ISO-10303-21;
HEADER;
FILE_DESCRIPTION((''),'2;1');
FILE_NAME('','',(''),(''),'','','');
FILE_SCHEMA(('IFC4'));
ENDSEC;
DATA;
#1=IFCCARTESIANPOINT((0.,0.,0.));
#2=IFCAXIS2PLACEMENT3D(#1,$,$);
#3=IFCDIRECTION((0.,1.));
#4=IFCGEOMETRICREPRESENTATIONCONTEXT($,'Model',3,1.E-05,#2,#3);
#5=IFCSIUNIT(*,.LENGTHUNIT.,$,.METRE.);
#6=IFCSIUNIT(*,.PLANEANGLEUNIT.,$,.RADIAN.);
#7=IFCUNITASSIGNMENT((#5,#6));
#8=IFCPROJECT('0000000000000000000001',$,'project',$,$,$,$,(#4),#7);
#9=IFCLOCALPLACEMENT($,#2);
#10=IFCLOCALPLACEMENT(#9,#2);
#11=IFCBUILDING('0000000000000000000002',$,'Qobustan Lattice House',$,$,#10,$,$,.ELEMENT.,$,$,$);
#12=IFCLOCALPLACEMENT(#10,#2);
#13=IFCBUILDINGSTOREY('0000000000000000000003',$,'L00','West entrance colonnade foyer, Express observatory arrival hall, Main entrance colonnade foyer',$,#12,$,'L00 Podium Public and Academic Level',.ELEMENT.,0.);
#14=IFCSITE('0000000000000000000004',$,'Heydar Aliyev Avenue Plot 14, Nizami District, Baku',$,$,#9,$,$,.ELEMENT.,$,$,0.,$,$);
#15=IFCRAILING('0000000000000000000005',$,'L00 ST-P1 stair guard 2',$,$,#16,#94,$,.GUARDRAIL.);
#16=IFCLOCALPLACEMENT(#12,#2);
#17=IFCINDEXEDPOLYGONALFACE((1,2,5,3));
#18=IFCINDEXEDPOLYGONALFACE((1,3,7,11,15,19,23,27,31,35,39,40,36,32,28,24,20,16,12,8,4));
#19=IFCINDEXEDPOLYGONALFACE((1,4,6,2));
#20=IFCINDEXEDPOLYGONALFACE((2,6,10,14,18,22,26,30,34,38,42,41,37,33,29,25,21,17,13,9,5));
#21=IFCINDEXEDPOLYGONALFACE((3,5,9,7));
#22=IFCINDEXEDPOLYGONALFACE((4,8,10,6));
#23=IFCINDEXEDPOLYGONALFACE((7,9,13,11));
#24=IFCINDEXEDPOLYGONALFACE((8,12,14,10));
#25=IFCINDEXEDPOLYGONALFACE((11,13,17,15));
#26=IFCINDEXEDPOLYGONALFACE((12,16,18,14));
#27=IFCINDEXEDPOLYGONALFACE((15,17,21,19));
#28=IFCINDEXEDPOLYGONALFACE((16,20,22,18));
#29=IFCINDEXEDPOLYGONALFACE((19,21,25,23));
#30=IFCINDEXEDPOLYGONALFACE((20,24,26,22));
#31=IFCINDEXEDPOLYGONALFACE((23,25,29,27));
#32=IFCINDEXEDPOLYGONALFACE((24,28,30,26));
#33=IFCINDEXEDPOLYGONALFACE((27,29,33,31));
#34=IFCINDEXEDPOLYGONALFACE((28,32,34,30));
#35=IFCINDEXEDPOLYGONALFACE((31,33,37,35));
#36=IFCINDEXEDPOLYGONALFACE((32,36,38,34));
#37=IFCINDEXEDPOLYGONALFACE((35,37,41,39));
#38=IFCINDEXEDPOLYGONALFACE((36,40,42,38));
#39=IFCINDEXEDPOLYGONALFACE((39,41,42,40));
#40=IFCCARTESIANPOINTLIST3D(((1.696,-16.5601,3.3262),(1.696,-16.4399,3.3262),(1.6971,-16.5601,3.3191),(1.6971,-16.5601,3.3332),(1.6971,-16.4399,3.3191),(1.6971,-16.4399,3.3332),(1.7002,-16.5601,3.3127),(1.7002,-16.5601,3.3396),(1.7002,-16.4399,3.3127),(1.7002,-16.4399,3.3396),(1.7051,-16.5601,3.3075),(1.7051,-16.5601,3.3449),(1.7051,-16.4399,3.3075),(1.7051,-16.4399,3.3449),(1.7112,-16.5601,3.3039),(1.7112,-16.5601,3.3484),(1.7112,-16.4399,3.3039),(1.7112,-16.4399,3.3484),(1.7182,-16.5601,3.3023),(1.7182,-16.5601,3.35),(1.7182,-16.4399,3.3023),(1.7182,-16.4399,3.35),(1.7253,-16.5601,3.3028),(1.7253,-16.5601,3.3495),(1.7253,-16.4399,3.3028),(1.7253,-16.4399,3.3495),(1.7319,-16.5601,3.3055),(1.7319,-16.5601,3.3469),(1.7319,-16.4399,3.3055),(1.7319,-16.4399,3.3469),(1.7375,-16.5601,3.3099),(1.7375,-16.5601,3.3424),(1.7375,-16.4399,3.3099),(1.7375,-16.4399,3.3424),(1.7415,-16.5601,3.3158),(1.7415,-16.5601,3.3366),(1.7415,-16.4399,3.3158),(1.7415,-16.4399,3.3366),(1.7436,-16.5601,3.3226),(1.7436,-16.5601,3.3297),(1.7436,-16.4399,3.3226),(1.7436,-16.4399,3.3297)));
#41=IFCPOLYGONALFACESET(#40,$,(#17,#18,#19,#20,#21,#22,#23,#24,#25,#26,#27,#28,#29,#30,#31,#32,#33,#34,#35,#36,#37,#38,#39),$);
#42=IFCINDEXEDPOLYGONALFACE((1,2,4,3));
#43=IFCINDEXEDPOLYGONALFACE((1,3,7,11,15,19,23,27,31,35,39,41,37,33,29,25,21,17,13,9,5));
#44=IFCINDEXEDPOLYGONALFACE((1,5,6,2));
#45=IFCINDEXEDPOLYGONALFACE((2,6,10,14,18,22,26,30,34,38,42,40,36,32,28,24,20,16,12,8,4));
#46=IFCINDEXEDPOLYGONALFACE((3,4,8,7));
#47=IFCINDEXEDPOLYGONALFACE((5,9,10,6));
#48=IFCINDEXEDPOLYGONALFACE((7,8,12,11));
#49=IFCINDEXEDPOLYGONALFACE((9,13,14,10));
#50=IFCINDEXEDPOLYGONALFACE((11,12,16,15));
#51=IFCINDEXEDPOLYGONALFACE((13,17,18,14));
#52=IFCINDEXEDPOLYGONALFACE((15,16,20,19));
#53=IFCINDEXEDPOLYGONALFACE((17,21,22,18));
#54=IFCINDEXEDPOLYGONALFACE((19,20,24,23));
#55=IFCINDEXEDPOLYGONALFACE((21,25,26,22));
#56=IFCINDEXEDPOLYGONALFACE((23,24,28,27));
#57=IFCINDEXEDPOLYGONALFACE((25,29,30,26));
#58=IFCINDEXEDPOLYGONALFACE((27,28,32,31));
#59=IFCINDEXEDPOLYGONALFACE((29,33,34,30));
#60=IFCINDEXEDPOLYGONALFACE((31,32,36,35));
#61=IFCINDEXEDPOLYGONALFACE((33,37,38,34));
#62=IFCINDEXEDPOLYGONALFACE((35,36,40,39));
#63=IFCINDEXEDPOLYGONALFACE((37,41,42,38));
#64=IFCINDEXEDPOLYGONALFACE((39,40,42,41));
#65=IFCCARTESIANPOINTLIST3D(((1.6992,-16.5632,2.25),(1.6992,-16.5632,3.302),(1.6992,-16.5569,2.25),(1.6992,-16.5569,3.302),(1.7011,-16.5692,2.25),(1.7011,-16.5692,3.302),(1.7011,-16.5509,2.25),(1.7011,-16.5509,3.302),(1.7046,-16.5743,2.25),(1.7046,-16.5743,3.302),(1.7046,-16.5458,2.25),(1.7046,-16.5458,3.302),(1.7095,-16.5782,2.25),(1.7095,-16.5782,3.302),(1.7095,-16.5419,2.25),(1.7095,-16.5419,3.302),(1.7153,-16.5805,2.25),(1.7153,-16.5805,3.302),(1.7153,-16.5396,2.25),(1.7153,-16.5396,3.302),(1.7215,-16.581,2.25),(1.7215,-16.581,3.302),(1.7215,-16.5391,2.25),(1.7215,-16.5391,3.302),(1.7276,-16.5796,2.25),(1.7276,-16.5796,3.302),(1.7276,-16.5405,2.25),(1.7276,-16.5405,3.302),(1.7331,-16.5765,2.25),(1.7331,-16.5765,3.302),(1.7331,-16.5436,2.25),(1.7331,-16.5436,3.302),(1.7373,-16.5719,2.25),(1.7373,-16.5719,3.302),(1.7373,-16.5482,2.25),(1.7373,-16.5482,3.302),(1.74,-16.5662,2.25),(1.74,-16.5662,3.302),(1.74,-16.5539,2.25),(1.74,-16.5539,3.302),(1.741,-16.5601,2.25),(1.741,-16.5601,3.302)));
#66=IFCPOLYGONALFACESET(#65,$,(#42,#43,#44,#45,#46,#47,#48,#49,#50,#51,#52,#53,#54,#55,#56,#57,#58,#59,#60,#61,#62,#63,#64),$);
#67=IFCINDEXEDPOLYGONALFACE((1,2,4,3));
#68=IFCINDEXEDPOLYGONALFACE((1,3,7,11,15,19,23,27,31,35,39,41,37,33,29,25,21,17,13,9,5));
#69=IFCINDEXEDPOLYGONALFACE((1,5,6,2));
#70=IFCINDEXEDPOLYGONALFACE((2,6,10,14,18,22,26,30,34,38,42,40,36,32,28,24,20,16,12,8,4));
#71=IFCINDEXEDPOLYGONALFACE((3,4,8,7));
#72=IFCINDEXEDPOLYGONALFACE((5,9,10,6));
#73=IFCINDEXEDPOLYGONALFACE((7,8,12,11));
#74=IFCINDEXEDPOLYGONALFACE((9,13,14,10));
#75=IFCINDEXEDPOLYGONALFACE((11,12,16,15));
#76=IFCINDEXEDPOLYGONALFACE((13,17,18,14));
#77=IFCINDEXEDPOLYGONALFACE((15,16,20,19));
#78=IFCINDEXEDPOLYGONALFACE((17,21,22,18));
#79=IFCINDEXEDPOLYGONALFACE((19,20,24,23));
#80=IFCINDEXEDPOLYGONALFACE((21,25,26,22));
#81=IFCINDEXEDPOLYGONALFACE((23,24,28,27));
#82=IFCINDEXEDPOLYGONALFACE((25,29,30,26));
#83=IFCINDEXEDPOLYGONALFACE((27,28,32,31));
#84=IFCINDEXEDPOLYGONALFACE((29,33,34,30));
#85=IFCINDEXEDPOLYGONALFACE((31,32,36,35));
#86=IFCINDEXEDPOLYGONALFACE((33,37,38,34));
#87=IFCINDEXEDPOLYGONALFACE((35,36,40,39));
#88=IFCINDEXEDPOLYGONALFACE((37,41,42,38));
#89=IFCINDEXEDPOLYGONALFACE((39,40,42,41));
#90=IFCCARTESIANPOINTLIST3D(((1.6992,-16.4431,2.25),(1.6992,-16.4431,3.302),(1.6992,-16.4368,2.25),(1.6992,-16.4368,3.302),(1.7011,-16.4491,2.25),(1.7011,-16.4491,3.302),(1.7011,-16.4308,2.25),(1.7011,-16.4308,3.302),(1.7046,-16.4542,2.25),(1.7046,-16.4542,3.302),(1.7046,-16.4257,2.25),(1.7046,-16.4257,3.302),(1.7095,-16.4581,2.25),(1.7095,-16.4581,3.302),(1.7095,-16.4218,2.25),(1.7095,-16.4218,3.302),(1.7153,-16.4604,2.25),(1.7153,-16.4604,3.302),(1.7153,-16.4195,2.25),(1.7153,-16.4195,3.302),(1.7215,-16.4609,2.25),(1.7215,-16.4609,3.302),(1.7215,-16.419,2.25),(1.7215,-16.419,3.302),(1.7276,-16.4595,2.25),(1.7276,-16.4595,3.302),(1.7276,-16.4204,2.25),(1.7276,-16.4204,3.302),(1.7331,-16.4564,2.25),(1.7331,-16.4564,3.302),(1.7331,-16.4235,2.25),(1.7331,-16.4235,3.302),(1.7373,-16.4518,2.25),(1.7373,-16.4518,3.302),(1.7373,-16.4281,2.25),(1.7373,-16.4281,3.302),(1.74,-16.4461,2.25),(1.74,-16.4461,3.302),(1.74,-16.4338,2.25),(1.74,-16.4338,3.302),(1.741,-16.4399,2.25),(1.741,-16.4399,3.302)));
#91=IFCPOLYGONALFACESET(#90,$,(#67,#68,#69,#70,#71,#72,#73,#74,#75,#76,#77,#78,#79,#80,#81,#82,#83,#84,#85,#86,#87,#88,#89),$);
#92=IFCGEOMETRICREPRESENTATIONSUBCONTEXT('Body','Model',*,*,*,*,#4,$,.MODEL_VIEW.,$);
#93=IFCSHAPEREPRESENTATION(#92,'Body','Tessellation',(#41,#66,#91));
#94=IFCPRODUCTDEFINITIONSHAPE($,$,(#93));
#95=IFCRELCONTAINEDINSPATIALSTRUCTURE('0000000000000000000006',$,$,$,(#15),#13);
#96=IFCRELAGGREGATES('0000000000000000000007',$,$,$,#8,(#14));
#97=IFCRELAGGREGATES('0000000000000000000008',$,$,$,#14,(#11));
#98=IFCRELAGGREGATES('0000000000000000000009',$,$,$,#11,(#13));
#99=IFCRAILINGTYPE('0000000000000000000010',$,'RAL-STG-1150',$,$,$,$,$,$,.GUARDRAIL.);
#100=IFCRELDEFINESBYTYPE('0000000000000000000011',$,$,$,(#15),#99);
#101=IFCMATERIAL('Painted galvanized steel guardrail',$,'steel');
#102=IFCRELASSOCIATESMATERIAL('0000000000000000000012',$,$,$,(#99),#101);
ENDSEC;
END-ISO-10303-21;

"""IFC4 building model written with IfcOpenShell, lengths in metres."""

from ifc_helpers import new_model, si_unit, direction, frame, origin, origin_2d, place, context, subcontext, project, spatial, circle, extrude, material, type_object, element, save


model = new_model("IFC4")

# Units and contexts
model_context = context("Model", 3, precision=1e-05, world=origin(), true_north=direction((0.0, 1.0)))
body_context = subcontext(model_context, "Body", "Model", "MODEL_VIEW")
ifc_project = project(units=[si_unit("LENGTHUNIT", "METRE"), si_unit("PLANEANGLEUNIT", "RADIAN")], contexts=[model_context])

# Site, building, storey
site_placement = place(None, origin())
site = spatial("IfcSite", under=ifc_project, at=site_placement, Name="Heydar Aliyev Avenue Plot 14, Nizami District, Baku", CompositionType="ELEMENT", RefElevation=0.0)
building_placement = place(site_placement, origin())
building = spatial("IfcBuilding", under=site, at=building_placement, Name="Qobustan Lattice House", CompositionType="ELEMENT")
storey_placement = place(building_placement, origin())
storey = spatial("IfcBuildingStorey", under=building, at=storey_placement, Name="L00", Description="West entrance colonnade foyer, Express observatory arrival hall, Main entrance colonnade foyer", LongName="L00 Podium Public and Academic Level", CompositionType="ELEMENT", Elevation=0.0)

# Railing
ifc_material_1 = material(Name="Painted galvanized steel guardrail", Category="steel")
railing_type_1 = type_object("IfcRailingType", Name="RAL-STG-1150", PredefinedType="GUARDRAIL", material=ifc_material_1)
railing_1_placement = place(storey_placement, frame((1.72, -16.5601, 2.25)))
element("IfcRailing", 1, at=railing_1_placement, inside=storey, type_object=railing_type_1, Name="L00 ST-P1 stair guard 2", PredefinedType="GUARDRAIL", context=body_context, shape_type="SweptSolid", body=[
    extrude(circle(Radius=0.0239, at=origin_2d()), frame((0.0, 0.0, 1.0762), z_axis=(0.0, 1.0, 0.0), x_axis=(-1.0, 0.0, 0.0)), (0.0, 0.0, 1.0), 0.1201),
    extrude(circle(Radius=0.021, at=origin_2d()), origin(), (0.0, 0.0, 1.0), 1.052),
    extrude(circle(Radius=0.021, at=origin_2d()), frame((0.0, 0.1201, 0.0)), (0.0, 0.0, 1.0), 1.052),
])

save(model, "model.ifc")
